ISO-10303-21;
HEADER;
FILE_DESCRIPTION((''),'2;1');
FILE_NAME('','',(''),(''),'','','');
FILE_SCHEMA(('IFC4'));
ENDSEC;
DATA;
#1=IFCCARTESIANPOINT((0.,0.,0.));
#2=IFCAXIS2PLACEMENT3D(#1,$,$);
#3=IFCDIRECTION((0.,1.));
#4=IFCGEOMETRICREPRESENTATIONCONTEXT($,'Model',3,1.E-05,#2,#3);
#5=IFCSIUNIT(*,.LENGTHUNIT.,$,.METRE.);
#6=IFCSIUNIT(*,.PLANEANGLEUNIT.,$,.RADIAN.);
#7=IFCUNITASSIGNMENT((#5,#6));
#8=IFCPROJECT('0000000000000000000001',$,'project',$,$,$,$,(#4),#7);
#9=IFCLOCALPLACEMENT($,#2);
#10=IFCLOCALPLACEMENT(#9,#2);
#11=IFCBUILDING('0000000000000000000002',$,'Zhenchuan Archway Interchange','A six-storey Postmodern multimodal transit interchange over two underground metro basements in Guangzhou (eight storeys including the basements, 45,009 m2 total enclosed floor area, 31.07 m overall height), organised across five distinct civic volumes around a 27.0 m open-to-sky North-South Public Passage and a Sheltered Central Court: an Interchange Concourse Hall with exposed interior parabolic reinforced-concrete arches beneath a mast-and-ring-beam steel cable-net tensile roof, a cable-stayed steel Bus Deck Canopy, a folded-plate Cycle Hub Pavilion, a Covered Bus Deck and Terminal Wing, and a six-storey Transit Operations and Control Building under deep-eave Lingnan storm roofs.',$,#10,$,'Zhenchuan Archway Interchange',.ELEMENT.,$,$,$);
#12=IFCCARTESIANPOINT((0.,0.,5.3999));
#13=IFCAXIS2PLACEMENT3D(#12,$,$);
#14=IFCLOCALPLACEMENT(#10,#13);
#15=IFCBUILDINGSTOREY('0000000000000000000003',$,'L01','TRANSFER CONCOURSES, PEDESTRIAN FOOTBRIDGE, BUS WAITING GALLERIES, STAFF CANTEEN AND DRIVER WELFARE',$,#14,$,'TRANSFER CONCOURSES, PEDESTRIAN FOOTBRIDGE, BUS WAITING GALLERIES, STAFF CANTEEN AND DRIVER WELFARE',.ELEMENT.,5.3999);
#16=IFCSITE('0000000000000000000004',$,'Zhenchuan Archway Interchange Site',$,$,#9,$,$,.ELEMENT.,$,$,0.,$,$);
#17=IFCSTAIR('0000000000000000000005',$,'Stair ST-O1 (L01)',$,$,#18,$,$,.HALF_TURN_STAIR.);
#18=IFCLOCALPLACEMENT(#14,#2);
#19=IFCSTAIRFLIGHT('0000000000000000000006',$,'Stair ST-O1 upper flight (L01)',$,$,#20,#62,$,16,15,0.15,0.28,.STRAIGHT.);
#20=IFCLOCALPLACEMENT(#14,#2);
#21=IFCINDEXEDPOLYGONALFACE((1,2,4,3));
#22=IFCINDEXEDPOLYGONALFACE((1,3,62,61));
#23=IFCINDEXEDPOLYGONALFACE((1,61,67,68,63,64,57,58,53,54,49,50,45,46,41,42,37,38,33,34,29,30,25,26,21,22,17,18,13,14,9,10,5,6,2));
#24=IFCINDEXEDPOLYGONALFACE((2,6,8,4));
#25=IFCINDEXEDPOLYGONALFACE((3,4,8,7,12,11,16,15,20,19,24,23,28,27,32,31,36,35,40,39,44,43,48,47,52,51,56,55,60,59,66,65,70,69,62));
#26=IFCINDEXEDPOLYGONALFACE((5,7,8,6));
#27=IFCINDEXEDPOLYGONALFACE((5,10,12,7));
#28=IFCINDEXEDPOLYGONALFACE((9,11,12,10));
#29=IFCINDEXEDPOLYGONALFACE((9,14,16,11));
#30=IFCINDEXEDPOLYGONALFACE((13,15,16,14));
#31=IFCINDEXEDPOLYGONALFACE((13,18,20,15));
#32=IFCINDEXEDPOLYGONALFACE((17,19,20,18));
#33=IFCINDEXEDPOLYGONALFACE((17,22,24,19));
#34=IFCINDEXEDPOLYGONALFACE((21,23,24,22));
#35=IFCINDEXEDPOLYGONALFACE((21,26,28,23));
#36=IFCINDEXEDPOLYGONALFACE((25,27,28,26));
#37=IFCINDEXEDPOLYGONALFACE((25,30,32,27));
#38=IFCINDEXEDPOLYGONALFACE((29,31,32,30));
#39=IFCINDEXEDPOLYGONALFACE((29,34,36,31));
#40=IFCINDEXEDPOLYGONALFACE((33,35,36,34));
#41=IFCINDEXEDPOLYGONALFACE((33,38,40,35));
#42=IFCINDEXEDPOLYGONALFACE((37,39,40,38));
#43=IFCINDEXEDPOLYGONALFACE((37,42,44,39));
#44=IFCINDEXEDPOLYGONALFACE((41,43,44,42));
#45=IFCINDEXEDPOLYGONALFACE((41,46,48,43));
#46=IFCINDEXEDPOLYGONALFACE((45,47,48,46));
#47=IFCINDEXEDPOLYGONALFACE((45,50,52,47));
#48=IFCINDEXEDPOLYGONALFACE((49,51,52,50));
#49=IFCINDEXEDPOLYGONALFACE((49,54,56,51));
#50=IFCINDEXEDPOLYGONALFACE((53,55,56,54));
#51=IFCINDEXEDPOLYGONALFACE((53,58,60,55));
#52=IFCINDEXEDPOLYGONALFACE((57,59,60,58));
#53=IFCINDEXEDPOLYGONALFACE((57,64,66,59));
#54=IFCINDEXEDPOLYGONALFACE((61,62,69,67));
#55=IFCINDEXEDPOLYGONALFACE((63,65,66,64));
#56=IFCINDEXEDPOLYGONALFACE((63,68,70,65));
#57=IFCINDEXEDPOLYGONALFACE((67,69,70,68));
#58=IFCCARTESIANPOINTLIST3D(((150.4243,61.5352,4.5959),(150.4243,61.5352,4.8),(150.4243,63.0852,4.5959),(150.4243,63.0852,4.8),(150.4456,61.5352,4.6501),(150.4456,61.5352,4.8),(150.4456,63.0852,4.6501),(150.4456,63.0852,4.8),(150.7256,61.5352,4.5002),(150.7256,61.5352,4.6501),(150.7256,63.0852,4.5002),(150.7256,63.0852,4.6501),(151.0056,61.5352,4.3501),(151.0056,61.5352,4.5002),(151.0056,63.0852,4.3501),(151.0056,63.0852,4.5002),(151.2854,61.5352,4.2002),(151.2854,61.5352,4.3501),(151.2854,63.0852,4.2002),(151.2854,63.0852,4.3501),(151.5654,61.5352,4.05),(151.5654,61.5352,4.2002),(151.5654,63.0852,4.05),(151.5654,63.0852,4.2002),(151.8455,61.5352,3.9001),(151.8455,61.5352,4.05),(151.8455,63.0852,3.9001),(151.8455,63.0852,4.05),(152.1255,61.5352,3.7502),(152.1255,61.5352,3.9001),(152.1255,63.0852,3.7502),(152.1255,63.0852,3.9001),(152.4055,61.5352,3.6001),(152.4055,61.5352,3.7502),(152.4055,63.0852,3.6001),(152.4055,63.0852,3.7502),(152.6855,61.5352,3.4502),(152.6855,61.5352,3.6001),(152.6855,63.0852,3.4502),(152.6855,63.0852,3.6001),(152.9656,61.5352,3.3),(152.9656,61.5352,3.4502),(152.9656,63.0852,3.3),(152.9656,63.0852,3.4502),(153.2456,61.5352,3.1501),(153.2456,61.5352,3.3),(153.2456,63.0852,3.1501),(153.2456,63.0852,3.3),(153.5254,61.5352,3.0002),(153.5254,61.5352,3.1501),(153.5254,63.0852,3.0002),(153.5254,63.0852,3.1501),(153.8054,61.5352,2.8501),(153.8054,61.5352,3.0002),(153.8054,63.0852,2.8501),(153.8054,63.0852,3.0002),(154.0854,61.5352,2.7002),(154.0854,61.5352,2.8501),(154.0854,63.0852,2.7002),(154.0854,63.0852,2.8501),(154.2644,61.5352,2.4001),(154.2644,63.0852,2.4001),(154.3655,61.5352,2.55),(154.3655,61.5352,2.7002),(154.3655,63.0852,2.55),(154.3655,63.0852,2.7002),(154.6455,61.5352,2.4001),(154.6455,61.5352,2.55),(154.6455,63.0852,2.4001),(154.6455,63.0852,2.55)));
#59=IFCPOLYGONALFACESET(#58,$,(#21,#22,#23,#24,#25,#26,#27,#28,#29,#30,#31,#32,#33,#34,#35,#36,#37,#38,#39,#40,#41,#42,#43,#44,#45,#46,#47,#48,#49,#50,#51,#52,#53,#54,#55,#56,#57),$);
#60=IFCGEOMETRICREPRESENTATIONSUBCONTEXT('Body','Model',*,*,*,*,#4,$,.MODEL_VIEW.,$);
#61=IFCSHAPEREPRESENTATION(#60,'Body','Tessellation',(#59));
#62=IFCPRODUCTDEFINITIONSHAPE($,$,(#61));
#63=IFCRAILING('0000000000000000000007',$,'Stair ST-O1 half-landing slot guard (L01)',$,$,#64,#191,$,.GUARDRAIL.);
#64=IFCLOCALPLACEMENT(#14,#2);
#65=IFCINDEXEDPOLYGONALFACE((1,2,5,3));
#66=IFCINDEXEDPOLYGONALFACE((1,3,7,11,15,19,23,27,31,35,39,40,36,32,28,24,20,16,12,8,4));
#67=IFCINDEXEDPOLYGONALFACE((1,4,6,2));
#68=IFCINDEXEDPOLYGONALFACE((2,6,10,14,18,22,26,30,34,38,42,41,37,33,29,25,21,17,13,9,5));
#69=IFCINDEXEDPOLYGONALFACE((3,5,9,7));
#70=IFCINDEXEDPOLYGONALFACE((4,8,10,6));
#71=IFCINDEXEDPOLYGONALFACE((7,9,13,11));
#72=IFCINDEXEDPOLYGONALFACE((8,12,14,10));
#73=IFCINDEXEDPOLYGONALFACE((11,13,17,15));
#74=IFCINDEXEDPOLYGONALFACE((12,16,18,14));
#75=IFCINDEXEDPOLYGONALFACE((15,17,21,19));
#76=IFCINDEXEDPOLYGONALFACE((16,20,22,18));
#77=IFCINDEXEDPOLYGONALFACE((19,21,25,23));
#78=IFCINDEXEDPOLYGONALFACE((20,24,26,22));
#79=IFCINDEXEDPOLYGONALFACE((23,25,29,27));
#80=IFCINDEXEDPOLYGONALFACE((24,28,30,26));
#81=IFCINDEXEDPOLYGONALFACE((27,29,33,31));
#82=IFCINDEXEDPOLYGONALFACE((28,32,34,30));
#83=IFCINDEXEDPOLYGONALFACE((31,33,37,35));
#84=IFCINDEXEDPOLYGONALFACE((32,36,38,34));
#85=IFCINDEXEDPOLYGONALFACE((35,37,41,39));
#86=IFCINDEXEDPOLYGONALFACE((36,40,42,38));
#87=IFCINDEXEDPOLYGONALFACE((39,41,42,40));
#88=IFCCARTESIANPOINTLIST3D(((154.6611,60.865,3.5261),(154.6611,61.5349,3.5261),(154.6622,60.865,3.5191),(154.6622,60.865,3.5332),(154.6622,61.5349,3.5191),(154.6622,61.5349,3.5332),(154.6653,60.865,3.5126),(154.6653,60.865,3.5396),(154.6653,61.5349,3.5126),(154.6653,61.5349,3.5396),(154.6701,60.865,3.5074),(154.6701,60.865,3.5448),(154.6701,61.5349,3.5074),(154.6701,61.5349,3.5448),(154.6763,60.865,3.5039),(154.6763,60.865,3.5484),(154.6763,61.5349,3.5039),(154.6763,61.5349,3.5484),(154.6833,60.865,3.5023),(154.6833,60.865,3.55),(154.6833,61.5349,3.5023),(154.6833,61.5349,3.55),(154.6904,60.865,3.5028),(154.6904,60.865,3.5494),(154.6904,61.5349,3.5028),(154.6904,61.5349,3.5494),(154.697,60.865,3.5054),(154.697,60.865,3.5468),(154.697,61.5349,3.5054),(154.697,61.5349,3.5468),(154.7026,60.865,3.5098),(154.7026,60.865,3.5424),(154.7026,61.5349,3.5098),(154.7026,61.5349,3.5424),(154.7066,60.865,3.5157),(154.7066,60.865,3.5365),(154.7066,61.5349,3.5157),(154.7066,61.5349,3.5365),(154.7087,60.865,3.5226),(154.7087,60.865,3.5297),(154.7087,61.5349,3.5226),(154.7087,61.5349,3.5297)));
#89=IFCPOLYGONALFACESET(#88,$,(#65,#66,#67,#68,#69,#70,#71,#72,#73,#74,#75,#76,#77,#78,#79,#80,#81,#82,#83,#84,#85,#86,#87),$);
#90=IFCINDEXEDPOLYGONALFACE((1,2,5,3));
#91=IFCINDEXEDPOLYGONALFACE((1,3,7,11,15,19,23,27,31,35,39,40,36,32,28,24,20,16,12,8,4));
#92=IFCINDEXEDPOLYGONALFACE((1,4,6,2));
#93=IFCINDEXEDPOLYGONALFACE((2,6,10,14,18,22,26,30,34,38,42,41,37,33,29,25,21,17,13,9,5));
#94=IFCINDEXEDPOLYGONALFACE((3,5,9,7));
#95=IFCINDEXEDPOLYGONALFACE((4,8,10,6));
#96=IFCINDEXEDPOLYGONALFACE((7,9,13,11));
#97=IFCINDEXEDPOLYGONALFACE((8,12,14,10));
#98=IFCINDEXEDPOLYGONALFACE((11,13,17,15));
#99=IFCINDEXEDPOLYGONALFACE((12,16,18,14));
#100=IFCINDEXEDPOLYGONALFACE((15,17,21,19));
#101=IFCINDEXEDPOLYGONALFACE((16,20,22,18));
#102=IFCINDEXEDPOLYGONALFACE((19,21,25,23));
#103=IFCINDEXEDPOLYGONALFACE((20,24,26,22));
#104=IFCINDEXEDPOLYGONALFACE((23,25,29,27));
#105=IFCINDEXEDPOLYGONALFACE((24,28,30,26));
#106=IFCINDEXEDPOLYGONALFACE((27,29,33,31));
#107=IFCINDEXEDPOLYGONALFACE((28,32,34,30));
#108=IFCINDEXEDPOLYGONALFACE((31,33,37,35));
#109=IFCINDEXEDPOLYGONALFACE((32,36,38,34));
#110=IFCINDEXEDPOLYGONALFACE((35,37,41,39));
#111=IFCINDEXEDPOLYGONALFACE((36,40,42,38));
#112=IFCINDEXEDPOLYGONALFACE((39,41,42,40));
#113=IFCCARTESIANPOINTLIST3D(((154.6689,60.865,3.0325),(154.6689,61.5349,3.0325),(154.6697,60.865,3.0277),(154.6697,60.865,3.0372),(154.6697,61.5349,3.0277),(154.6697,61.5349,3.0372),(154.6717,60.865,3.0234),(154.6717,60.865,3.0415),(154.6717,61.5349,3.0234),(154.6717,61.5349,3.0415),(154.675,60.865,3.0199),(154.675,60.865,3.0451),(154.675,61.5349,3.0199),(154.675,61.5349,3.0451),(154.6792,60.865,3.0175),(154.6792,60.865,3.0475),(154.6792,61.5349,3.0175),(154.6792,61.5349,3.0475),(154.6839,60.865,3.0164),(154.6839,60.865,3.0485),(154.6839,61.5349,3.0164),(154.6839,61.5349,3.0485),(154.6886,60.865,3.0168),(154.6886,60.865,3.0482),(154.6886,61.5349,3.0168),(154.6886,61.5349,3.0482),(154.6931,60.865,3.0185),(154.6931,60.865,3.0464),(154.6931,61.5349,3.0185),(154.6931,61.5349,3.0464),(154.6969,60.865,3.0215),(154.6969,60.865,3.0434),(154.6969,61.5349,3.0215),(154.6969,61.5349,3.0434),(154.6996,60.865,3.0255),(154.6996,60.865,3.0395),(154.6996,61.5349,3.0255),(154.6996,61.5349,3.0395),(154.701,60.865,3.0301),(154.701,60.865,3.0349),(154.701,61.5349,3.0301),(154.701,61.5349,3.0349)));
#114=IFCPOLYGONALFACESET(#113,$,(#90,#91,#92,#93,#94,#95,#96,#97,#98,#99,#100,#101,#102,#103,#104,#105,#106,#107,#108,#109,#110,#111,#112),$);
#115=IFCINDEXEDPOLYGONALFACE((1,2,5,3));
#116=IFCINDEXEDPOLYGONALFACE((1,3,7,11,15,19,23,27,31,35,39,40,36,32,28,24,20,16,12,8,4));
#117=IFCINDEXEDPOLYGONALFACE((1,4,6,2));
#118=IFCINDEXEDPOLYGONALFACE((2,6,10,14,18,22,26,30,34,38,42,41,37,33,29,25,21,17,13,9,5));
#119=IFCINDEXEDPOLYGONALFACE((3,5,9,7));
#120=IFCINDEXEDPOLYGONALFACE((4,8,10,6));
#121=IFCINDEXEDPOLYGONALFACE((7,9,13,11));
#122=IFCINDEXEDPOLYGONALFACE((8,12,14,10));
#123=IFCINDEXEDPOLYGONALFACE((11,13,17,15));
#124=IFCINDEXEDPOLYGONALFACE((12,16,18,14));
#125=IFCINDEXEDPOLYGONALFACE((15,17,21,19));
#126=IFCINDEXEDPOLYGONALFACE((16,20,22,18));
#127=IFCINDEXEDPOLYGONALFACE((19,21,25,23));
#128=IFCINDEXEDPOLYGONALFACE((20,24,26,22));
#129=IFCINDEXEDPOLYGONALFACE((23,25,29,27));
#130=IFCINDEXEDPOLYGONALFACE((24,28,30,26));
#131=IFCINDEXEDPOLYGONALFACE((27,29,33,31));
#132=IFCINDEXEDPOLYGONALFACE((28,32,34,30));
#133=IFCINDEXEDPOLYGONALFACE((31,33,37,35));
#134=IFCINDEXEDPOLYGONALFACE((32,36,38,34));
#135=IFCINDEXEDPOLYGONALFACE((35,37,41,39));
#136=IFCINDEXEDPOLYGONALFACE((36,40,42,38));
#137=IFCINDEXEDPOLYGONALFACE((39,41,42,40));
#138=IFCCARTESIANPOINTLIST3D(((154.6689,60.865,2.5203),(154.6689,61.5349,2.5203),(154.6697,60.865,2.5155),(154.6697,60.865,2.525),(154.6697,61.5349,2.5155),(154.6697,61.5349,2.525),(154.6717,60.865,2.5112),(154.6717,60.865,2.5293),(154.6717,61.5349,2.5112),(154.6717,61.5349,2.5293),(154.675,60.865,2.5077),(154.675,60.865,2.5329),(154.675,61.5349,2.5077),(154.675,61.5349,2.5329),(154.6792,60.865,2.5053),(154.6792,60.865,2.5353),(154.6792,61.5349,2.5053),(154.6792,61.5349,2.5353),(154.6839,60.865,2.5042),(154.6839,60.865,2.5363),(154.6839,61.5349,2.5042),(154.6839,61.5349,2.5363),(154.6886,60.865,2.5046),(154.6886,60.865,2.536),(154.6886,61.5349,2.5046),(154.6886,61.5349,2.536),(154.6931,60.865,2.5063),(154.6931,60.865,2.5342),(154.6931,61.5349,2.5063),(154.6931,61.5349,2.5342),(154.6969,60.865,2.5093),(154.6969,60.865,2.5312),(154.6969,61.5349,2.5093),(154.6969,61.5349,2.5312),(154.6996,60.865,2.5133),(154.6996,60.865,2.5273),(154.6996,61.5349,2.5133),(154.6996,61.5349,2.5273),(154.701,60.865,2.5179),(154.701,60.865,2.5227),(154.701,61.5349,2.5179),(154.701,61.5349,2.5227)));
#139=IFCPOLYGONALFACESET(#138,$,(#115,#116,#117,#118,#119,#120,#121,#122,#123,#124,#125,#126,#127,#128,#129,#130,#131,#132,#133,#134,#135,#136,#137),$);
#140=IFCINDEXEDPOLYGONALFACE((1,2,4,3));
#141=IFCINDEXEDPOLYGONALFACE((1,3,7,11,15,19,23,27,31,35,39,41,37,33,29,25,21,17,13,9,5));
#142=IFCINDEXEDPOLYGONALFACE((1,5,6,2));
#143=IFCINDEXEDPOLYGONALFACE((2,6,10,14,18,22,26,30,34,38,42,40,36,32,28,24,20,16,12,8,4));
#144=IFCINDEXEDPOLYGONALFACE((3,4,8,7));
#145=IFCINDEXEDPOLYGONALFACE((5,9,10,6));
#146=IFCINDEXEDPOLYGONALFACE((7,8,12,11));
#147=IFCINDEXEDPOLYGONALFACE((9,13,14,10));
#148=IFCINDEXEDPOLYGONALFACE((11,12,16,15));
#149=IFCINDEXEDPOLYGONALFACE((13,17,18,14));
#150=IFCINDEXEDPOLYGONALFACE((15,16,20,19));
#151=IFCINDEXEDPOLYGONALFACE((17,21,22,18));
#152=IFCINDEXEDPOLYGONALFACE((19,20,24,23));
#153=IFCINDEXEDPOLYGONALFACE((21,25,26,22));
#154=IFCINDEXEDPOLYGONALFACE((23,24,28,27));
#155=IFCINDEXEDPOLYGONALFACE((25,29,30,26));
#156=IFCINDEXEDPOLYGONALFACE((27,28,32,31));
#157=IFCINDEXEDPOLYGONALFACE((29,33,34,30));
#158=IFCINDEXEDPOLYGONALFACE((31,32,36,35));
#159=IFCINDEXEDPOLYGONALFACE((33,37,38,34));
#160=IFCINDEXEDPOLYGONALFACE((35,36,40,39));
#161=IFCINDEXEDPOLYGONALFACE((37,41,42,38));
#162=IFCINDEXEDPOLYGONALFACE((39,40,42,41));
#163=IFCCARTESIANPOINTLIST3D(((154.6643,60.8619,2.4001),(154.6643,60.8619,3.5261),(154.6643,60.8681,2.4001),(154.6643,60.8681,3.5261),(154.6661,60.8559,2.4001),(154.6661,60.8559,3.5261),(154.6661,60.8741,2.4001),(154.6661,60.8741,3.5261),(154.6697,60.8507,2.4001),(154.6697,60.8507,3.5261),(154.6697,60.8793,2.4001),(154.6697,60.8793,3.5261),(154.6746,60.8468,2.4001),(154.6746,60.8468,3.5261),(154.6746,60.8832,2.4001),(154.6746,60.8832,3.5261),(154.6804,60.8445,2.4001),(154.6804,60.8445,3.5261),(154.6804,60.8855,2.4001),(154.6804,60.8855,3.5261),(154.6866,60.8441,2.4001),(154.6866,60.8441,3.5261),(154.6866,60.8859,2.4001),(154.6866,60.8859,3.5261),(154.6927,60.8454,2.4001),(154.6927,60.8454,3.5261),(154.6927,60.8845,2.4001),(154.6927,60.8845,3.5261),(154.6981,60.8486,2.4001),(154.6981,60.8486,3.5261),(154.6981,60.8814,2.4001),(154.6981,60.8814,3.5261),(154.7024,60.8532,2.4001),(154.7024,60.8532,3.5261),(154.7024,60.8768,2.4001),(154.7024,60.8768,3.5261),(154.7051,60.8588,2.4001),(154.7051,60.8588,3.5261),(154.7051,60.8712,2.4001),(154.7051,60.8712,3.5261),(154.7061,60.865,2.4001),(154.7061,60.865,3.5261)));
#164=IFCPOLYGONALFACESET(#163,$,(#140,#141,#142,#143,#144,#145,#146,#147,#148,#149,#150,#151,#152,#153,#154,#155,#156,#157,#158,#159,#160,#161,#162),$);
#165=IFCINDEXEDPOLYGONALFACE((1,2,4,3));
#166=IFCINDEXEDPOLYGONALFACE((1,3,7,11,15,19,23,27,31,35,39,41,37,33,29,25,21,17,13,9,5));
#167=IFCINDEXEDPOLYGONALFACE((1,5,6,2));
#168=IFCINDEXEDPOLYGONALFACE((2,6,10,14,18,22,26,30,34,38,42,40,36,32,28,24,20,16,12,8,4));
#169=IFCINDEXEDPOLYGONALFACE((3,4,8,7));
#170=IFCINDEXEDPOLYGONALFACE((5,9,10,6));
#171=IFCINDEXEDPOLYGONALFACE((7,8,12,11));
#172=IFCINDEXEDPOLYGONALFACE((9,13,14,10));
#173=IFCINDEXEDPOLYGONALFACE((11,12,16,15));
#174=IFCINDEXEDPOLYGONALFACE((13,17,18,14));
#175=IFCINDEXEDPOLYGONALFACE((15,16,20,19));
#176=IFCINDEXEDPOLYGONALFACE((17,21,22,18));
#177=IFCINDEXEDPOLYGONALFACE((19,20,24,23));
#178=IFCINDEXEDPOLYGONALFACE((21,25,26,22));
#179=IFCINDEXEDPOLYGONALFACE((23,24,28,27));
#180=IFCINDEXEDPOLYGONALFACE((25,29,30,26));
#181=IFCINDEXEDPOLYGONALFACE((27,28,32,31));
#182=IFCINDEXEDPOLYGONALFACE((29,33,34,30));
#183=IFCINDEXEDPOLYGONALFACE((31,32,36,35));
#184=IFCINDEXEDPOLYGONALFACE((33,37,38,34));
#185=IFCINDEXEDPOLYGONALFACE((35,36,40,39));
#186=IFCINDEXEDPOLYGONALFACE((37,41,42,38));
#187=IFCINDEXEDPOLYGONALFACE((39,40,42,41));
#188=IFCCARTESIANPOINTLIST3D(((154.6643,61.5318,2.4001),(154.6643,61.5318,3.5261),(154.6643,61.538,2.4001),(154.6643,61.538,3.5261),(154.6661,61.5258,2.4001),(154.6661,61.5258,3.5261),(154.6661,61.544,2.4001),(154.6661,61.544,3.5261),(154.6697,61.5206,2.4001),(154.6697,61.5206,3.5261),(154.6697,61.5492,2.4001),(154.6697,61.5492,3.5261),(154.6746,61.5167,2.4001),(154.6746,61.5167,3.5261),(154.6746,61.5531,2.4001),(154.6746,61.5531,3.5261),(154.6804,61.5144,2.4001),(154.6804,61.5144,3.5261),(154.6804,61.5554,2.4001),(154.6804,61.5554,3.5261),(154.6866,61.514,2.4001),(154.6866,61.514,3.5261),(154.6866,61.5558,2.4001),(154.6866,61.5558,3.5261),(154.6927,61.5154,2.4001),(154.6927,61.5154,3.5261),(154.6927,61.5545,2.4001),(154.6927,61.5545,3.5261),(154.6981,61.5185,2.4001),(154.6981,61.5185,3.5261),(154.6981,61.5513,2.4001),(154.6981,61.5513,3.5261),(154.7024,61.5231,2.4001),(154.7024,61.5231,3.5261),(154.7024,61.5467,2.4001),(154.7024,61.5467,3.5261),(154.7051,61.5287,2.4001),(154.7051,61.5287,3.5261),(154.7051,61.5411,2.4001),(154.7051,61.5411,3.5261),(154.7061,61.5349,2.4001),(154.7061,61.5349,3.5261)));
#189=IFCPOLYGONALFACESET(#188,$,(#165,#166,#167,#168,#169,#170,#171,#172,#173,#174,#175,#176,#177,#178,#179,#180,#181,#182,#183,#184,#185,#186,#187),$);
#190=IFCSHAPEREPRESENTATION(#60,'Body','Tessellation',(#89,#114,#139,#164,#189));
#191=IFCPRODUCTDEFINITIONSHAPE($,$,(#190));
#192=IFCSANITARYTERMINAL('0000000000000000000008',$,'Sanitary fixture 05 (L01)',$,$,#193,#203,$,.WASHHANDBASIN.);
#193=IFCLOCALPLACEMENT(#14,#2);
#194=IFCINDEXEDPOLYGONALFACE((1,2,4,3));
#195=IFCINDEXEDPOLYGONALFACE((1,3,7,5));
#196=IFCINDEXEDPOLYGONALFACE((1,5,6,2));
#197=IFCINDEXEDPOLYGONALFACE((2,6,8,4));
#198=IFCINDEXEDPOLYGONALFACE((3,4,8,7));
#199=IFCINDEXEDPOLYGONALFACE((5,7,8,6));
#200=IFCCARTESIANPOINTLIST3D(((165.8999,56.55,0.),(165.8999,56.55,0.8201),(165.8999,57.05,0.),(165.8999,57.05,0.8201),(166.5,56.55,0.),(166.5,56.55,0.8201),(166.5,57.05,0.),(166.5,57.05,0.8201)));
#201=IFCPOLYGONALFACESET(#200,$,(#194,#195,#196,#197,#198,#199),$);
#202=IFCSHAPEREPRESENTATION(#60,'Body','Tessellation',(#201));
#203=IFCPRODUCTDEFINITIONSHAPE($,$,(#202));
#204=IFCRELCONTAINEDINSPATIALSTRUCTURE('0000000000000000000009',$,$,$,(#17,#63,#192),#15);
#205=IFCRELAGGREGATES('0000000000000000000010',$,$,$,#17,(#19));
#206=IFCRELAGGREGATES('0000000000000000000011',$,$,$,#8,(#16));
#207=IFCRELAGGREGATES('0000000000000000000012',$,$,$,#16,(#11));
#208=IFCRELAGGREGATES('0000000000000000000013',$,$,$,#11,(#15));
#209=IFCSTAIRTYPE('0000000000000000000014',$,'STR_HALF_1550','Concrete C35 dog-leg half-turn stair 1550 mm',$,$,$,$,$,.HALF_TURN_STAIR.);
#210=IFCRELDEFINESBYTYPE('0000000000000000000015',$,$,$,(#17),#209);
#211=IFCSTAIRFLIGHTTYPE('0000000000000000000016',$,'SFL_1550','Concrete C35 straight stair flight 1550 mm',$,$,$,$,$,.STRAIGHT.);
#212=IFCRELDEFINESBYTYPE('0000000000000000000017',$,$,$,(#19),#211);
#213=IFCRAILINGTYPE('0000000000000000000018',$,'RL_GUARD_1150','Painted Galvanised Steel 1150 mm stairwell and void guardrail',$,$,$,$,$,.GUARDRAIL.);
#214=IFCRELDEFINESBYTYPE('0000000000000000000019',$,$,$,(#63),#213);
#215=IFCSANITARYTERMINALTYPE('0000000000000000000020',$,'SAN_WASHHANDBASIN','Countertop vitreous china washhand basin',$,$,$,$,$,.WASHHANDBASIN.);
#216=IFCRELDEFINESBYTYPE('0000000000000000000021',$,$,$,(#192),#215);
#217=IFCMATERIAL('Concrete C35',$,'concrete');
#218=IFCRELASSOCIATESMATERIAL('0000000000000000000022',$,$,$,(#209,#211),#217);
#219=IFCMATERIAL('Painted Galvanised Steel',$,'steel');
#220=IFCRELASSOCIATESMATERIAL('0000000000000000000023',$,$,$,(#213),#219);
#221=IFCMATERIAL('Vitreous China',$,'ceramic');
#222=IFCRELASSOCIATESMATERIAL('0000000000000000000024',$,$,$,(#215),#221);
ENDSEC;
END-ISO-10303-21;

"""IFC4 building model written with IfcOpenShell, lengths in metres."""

from ifc_helpers import new_model, si_unit, direction, frame, origin, origin_2d, place, context, subcontext, project, spatial, polyline, rectangle, circle, outline, extrude, material, type_object, element, aggregate, save


model = new_model("IFC4")

# Units and contexts
model_context = context("Model", 3, precision=1e-05, world=origin(), true_north=direction((0.0, 1.0)))
body_context = subcontext(model_context, "Body", "Model", "MODEL_VIEW")
ifc_project = project(units=[si_unit("LENGTHUNIT", "METRE"), si_unit("PLANEANGLEUNIT", "RADIAN")], contexts=[model_context])

# Site, building, storey
site_placement = place(None, origin())
site = spatial("IfcSite", under=ifc_project, at=site_placement, Name="Zhenchuan Archway Interchange Site", CompositionType="ELEMENT", RefElevation=0.0)
building_placement = place(site_placement, origin())
building = spatial("IfcBuilding", under=site, at=building_placement, Name="Zhenchuan Archway Interchange", Description="A six-storey Postmodern multimodal transit interchange over two underground metro basements in Guangzhou (eight storeys including the basements, 45,009 m2 total enclosed floor area, 31.07 m overall height), organised across five distinct civic volumes around a 27.0 m open-to-sky North-South Public Passage and a Sheltered Central Court: an Interchange Concourse Hall with exposed interior parabolic reinforced-concrete arches beneath a mast-and-ring-beam steel cable-net tensile roof, a cable-stayed steel Bus Deck Canopy, a folded-plate Cycle Hub Pavilion, a Covered Bus Deck and Terminal Wing, and a six-storey Transit Operations and Control Building under deep-eave Lingnan storm roofs.", LongName="Zhenchuan Archway Interchange", CompositionType="ELEMENT")
storey_placement = place(building_placement, frame((0.0, 0.0, 5.3999)))
storey = spatial("IfcBuildingStorey", under=building, at=storey_placement, Name="L01", Description="TRANSFER CONCOURSES, PEDESTRIAN FOOTBRIDGE, BUS WAITING GALLERIES, STAFF CANTEEN AND DRIVER WELFARE", LongName="TRANSFER CONCOURSES, PEDESTRIAN FOOTBRIDGE, BUS WAITING GALLERIES, STAFF CANTEEN AND DRIVER WELFARE", CompositionType="ELEMENT", Elevation=5.3999)

# Stair, stair flight
ifc_material_1 = material(Name="Concrete C35", Category="concrete")
stair_type = type_object("IfcStairType", Name="STR_HALF_1550", Description="Concrete C35 dog-leg half-turn stair 1550 mm", PredefinedType="HALF_TURN_STAIR", material=ifc_material_1)
stair_placement = place(storey_placement, origin())
stair = element("IfcStair", 1, at=stair_placement, inside=storey, type_object=stair_type, Name="Stair ST-O1 (L01)", PredefinedType="HALF_TURN_STAIR")
stair_flight_type = type_object("IfcStairFlightType", Name="SFL_1550", Description="Concrete C35 straight stair flight 1550 mm", PredefinedType="STRAIGHT", material=ifc_material_1)
stair_flight_placement = place(storey_placement, frame((154.6455, 62.3101, 2.4001), z_axis=(0.0, 0.0, 1.0), x_axis=(-1.0, 0.0, 0.0)))
stair_flight = element("IfcStairFlight", 2, at=stair_flight_placement, type_object=stair_flight_type, Name="Stair ST-O1 upper flight (L01)", NumberOfRisers=16, NumberOfTreads=15, PredefinedType="STRAIGHT", RiserHeight=0.15, TreadLength=0.28, context=body_context, shape_type="SweptSolid", body=[
    extrude(outline(polyline([(0.0, 0.0), (0.0, 0.1499), (0.28, 0.1499), (0.28, 0.3), (0.5601, 0.3), (0.5601, 0.45), (0.8401, 0.45), (0.8401, 0.6001), (1.1201, 0.6001), (1.1201, 0.75), (1.3999, 0.75), (1.3999, 0.8999), (1.6799, 0.8999), (1.6799, 1.05), (1.96, 1.05), (1.96, 1.2), (2.24, 1.2), (2.24, 1.3501), (2.52, 1.3501), (2.52, 1.5), (2.8, 1.5), (2.8, 1.6499), (3.0801, 1.6499), (3.0801, 1.8), (3.3601, 1.8), (3.3601, 1.95), (3.6399, 1.95), (3.6399, 2.1001), (3.9199, 2.1001), (3.9199, 2.25), (4.2, 2.25), (4.2, 2.3999), (4.2212, 2.3999), (4.2212, 2.1958), (0.3811, 0.0), (0.0, 0.0)])), frame((0.0, 0.7749, 0.0), z_axis=(0.0, -1.0, 0.0), x_axis=(1.0, 0.0, 0.0)), (0.0, 0.0, 1.0), 1.55),
])
aggregate(stair, [stair_flight])

# Railing
ifc_material_2 = material(Name="Painted Galvanised Steel", Category="steel")
railing_type = type_object("IfcRailingType", Name="RL_GUARD_1150", Description="Painted Galvanised Steel 1150 mm stairwell and void guardrail", PredefinedType="GUARDRAIL", material=ifc_material_2)
railing_placement = place(storey_placement, frame((154.6851, 60.865, 2.4001)))
element("IfcRailing", 3, at=railing_placement, inside=storey, type_object=railing_type, Name="Stair ST-O1 half-landing slot guard (L01)", PredefinedType="GUARDRAIL", context=body_context, shape_type="SweptSolid", body=[
    extrude(circle(Radius=0.0239, at=origin_2d()), frame((0.0, 0.0, 1.126), z_axis=(0.0, 1.0, 0.0), x_axis=(-1.0, 0.0, 0.0)), (0.0, 0.0, 1.0), 0.6699),
    extrude(circle(Radius=0.0161, at=origin_2d()), frame((0.0, 0.0, 0.6323), z_axis=(0.0, 1.0, 0.0), x_axis=(-1.0, 0.0, 0.0)), (0.0, 0.0, 1.0), 0.6699),
    extrude(circle(Radius=0.0161, at=origin_2d()), frame((0.0, 0.0, 0.1201), z_axis=(0.0, 1.0, 0.0), x_axis=(-1.0, 0.0, 0.0)), (0.0, 0.0, 1.0), 0.6699),
    extrude(circle(Radius=0.021, at=origin_2d()), origin(), (0.0, 0.0, 1.0), 1.126),
    extrude(circle(Radius=0.021, at=origin_2d()), frame((0.0, 0.6699, 0.0)), (0.0, 0.0, 1.0), 1.126),
])

# Sanitary terminal
ifc_material_3 = material(Name="Vitreous China", Category="ceramic")
sanitary_terminal_type_1 = type_object("IfcSanitaryTerminalType", Name="SAN_WASHHANDBASIN", Description="Countertop vitreous china washhand basin", PredefinedType="WASHHANDBASIN", material=ifc_material_3)
for number, where, z_axis, x_axis, name in (
    (4, (166.2, 56.8, 0.0), (0.0, 0.0, 1.0), (1.0, 0.0, 0.0), "Sanitary fixture 05 (L01)"),
):
    element("IfcSanitaryTerminal", number, at=place(storey_placement, frame(where, z_axis=z_axis, x_axis=x_axis)), inside=storey, type_object=sanitary_terminal_type_1, Name=name, PredefinedType="WASHHANDBASIN", context=body_context, shape_type="SweptSolid", body=[
        extrude(rectangle(XDim=0.6001, YDim=0.5, at=origin_2d()), origin(), (0.0, 0.0, 1.0), 0.8201),
    ])

save(model, "model.ifc")
